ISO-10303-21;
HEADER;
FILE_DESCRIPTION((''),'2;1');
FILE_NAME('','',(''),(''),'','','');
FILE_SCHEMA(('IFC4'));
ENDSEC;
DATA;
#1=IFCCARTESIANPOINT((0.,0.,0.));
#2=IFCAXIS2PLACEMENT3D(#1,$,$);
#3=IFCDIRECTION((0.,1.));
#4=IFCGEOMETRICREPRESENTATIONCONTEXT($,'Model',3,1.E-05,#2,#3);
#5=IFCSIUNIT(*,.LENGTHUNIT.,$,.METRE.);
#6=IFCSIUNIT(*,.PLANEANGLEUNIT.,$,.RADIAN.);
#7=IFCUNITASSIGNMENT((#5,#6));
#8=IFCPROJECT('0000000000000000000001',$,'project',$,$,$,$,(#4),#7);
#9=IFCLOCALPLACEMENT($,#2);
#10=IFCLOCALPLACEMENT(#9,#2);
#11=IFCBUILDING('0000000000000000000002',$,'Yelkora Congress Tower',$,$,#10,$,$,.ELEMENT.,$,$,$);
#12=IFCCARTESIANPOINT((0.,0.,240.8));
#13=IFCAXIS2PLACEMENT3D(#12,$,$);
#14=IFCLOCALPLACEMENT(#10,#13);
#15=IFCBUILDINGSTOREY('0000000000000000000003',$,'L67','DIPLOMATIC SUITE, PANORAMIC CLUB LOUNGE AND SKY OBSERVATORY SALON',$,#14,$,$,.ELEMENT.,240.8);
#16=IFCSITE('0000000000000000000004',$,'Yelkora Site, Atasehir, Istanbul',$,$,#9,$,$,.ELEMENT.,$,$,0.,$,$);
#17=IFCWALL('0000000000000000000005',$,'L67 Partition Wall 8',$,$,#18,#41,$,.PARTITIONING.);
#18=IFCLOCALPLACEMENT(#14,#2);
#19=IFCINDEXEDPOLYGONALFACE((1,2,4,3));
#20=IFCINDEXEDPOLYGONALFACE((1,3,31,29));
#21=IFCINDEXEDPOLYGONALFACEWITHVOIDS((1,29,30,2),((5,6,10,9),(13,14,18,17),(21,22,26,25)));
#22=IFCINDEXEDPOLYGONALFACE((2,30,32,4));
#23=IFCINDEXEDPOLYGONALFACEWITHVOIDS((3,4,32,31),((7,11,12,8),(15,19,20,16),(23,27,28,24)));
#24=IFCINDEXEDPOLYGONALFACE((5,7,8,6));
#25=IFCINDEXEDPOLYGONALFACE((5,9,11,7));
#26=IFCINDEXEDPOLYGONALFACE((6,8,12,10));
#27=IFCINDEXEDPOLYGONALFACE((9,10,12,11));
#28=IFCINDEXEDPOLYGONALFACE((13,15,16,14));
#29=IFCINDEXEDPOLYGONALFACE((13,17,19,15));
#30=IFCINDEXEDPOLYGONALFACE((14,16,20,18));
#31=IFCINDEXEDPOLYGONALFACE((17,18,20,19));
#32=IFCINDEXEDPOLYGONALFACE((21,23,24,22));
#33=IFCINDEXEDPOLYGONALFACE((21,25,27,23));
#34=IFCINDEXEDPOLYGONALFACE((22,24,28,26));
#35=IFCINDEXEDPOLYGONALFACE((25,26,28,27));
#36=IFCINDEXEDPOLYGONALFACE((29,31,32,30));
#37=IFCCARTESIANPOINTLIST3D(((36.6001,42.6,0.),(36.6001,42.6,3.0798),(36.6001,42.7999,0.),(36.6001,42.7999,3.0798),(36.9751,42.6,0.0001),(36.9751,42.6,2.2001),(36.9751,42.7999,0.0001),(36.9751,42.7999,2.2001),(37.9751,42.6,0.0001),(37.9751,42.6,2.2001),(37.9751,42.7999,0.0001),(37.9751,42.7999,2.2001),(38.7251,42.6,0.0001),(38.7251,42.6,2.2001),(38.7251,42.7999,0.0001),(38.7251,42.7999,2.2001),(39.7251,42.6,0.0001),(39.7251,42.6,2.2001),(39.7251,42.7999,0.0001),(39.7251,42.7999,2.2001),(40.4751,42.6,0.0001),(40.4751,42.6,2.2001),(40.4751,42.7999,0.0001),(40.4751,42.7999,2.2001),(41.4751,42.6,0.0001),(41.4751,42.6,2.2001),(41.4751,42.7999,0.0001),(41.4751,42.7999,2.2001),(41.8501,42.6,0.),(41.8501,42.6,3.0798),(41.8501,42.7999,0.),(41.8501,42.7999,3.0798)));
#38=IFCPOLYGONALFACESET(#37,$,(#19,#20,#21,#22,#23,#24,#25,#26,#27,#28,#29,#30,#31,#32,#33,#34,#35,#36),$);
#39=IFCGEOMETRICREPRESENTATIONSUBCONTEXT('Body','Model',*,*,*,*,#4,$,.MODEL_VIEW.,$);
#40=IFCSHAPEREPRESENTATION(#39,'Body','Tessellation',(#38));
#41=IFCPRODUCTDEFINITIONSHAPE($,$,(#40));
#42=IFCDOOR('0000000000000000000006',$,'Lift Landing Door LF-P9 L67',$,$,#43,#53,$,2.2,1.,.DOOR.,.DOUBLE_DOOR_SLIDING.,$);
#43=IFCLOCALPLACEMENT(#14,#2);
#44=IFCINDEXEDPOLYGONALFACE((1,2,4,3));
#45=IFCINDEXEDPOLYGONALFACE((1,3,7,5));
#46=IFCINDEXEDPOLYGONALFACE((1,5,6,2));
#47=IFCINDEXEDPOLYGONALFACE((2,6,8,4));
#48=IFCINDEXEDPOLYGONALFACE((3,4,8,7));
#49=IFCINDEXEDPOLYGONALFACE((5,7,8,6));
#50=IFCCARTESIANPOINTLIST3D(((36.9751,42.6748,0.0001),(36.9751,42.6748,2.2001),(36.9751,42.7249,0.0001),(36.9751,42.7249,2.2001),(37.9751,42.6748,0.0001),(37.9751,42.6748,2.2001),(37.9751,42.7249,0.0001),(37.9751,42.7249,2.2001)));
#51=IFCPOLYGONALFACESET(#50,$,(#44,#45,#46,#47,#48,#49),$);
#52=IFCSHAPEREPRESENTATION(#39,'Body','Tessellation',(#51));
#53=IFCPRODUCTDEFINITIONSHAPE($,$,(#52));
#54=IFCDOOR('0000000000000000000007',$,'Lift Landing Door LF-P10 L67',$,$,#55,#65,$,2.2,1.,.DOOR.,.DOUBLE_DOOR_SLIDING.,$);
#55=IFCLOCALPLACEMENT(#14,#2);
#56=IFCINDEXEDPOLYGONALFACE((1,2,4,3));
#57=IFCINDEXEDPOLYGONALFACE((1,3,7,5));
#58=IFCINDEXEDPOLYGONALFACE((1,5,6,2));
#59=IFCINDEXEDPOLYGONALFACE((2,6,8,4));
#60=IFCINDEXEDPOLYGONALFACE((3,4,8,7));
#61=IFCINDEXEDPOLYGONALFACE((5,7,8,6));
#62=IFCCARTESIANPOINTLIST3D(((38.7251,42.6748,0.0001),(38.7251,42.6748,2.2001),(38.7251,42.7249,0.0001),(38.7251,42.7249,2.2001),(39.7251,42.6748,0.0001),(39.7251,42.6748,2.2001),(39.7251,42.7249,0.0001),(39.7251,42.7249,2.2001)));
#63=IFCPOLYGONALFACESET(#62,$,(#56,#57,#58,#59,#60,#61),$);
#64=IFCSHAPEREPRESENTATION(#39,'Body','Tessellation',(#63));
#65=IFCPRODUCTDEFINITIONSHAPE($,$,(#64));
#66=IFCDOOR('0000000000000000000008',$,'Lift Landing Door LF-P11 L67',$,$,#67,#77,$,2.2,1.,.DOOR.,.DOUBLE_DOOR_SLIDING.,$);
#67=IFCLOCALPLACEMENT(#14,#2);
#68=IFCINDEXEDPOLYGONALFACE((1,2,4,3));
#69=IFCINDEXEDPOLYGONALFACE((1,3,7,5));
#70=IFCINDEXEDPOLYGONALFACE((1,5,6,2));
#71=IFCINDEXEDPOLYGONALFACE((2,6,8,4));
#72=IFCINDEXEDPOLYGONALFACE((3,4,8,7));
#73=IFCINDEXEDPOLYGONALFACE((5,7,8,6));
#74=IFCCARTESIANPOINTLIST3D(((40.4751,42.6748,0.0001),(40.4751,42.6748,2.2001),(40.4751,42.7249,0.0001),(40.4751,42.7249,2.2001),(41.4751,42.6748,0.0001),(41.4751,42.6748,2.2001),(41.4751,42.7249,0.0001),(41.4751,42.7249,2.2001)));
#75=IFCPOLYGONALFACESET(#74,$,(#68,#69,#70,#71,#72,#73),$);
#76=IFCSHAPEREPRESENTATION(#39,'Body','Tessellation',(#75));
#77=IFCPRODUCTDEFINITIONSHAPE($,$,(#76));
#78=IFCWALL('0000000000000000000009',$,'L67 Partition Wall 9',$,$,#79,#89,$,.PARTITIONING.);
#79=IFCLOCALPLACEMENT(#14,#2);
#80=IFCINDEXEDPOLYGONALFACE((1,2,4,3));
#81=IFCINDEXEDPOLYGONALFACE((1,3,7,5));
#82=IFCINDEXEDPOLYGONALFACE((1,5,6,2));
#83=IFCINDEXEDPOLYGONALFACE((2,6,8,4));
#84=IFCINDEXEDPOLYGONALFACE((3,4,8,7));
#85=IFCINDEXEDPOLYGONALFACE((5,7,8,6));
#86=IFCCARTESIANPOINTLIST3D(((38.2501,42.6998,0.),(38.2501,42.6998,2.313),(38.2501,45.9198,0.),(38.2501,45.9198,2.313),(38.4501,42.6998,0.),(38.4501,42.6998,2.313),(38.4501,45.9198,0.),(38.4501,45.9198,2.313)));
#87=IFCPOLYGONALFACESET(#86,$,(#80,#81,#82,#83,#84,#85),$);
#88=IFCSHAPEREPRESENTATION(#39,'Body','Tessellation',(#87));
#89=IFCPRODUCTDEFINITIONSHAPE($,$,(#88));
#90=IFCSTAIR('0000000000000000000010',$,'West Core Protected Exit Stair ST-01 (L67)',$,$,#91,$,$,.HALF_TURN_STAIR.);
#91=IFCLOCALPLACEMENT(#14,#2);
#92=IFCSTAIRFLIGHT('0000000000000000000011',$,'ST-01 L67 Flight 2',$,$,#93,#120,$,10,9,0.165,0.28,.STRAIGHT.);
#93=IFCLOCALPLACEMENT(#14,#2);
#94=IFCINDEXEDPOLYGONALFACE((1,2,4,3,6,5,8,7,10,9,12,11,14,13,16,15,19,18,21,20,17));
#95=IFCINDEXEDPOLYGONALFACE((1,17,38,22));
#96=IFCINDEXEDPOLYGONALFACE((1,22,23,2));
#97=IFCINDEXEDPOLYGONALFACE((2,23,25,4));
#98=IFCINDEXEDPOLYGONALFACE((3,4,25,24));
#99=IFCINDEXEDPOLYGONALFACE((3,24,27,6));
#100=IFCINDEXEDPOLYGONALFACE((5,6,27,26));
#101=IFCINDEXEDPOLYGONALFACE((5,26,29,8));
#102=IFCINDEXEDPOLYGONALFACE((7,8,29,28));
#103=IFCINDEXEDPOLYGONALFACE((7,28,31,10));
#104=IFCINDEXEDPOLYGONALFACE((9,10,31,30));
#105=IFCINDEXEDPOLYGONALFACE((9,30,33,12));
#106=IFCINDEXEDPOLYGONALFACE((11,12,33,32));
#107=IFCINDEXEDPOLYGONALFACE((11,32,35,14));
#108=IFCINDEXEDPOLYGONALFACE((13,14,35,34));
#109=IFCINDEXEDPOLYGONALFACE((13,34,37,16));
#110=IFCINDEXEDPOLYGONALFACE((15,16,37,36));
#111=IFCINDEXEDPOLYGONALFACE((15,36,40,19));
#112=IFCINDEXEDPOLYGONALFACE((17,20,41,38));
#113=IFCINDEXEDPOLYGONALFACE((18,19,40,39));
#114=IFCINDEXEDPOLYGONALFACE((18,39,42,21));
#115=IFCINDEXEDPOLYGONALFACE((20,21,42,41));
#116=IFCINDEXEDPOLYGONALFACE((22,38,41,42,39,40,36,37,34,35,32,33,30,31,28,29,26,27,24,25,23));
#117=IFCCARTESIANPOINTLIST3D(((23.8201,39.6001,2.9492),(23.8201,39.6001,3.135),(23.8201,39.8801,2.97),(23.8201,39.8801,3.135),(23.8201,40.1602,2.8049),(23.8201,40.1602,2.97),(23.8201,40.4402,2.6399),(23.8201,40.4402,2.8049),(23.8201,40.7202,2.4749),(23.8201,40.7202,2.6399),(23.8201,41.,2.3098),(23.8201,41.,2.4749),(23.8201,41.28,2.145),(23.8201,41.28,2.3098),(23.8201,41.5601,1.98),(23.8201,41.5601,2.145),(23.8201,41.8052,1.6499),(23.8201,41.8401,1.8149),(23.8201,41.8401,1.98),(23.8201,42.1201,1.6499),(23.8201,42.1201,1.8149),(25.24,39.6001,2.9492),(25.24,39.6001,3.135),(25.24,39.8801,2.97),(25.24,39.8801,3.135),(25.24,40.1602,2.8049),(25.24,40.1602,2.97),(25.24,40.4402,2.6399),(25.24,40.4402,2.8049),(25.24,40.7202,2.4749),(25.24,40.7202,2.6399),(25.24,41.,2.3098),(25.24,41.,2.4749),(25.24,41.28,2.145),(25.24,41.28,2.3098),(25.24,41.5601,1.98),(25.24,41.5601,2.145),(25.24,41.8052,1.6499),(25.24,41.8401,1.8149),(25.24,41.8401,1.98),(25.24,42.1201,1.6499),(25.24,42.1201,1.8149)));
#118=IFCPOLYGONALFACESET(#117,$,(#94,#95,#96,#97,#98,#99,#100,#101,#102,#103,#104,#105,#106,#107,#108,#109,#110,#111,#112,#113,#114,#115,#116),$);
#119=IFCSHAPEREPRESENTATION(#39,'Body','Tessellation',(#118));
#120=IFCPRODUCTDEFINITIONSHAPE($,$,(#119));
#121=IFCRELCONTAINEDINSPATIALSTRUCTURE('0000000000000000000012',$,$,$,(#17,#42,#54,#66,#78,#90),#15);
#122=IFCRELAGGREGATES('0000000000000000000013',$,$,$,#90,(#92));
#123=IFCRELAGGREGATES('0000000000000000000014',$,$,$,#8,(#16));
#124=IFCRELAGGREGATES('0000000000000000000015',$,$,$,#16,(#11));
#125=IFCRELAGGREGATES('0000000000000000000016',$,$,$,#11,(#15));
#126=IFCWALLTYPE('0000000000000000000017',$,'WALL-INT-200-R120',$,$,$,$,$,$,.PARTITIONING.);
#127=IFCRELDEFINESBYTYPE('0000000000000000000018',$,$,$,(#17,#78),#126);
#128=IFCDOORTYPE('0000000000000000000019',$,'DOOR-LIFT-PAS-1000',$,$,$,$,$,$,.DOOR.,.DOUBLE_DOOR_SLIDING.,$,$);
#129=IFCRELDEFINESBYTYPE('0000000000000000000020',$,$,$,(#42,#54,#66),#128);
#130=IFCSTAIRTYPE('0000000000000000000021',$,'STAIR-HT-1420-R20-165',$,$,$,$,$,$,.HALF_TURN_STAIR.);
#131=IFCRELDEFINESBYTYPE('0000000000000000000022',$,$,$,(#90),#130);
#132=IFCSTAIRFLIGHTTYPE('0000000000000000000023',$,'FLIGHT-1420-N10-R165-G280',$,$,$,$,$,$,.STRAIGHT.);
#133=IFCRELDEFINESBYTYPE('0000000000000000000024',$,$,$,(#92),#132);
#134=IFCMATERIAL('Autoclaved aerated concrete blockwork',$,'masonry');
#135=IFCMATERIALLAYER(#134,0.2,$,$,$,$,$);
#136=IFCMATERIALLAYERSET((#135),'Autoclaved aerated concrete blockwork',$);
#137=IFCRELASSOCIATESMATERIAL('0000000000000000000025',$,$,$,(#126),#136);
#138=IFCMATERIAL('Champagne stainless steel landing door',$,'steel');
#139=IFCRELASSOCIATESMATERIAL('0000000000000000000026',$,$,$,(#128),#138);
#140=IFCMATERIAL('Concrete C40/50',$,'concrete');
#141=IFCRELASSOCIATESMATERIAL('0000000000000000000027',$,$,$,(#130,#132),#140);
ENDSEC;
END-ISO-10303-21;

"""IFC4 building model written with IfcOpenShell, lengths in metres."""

from ifc_helpers import new_model, si_unit, direction, frame, frame_2d, origin, place, context, subcontext, project, spatial, polyline, rectangle, outline, extrude, material, layer, layer_set, type_object, element, fill, aggregate, save


model = new_model("IFC4")

# Units and contexts
model_context = context("Model", 3, precision=1e-05, world=origin(), true_north=direction((0.0, 1.0)))
body_context = subcontext(model_context, "Body", "Model", "MODEL_VIEW")
ifc_project = project(units=[si_unit("LENGTHUNIT", "METRE"), si_unit("PLANEANGLEUNIT", "RADIAN")], contexts=[model_context])

# Site, building, storey
site_placement = place(None, origin())
site = spatial("IfcSite", under=ifc_project, at=site_placement, Name="Yelkora Site, Atasehir, Istanbul", CompositionType="ELEMENT", RefElevation=0.0)
building_placement = place(site_placement, origin())
building = spatial("IfcBuilding", under=site, at=building_placement, Name="Yelkora Congress Tower", CompositionType="ELEMENT")
storey_placement = place(building_placement, frame((0.0, 0.0, 240.8)))
storey = spatial("IfcBuildingStorey", under=building, at=storey_placement, Name="L67", Description="DIPLOMATIC SUITE, PANORAMIC CLUB LOUNGE AND SKY OBSERVATORY SALON", CompositionType="ELEMENT", Elevation=240.8)

# Shared definitions
ifc_material_1 = material(Name="Autoclaved aerated concrete blockwork", Category="masonry")
ifc_layer_1 = layer(ifc_material_1, 0.2)
ifc_layer_set_1 = layer_set([ifc_layer_1], Name="Autoclaved aerated concrete blockwork")
wall_type = type_object("IfcWallType", Name="WALL-INT-200-R120", PredefinedType="PARTITIONING", material=ifc_layer_set_1)

# Wall, openings, doors
wall_1_placement = place(storey_placement, frame((36.6001, 42.7, 0.0), z_axis=(0.0, 0.0, 1.0), x_axis=(1.0, 0.0, 0.0)))
wall_1 = element("IfcWall", 1, at=wall_1_placement, inside=storey, type_object=wall_type, Name="L67 Partition Wall 8", PredefinedType="PARTITIONING", context=body_context, shape_type="SweptSolid", body=[
    extrude(rectangle(XDim=5.25, YDim=0.2, at=frame_2d((2.625, 0.0))), origin(), (0.0, 0.0, 1.0), 3.0798),
])
opening_1_placement = place(wall_1_placement, frame((0.375, 0.0, 0.0)))
opening_1 = element("IfcOpeningElement", 2, at=opening_1_placement, cuts=wall_1, PredefinedType="OPENING", context=body_context, shape_type="SweptSolid", body=[
    extrude(rectangle(XDim=1.0, YDim=2.2, at=frame_2d((0.5, 1.1001))), frame((0.0, 0.1099, 0.0), z_axis=(0.0, -1.0, 0.0), x_axis=(1.0, 0.0, 0.0)), (0.0, 0.0, 1.0), 0.22),
])
opening_2_placement = place(wall_1_placement, frame((2.125, 0.0, 0.0)))
opening_2 = element("IfcOpeningElement", 3, at=opening_2_placement, cuts=wall_1, PredefinedType="OPENING", context=body_context, shape_type="SweptSolid", body=[
    extrude(rectangle(XDim=1.0, YDim=2.2, at=frame_2d((0.5, 1.1001))), frame((0.0, 0.1099, 0.0), z_axis=(0.0, -1.0, 0.0), x_axis=(1.0, 0.0, 0.0)), (0.0, 0.0, 1.0), 0.22),
])
opening_3_placement = place(wall_1_placement, frame((3.875, 0.0, 0.0)))
opening_3 = element("IfcOpeningElement", 4, at=opening_3_placement, cuts=wall_1, PredefinedType="OPENING", context=body_context, shape_type="SweptSolid", body=[
    extrude(rectangle(XDim=1.0, YDim=2.2, at=frame_2d((0.5, 1.1001))), frame((0.0, 0.1099, 0.0), z_axis=(0.0, -1.0, 0.0), x_axis=(1.0, 0.0, 0.0)), (0.0, 0.0, 1.0), 0.22),
])
ifc_material_2 = material(Name="Champagne stainless steel landing door", Category="steel")
door_type_1 = type_object("IfcDoorType", Name="DOOR-LIFT-PAS-1000", OperationType="DOUBLE_DOOR_SLIDING", PredefinedType="DOOR", material=ifc_material_2)
door_1_placement = place(opening_1_placement, origin())
door_1 = element("IfcDoor", 5, at=door_1_placement, inside=storey, type_object=door_type_1, Name="Lift Landing Door LF-P9 L67", OperationType="DOUBLE_DOOR_SLIDING", OverallHeight=2.2, OverallWidth=1.0, PredefinedType="DOOR", context=body_context, shape_type="SweptSolid", body=[
    extrude(rectangle(XDim=1.0, YDim=2.2, at=frame_2d((0.5, 1.1001))), frame((0.0, 0.0249, 0.0), z_axis=(0.0, -1.0, 0.0), x_axis=(1.0, 0.0, 0.0)), (0.0, 0.0, 1.0), 0.05),
])
fill(opening_1, door_1)
door_2_placement = place(opening_2_placement, origin())
door_2 = element("IfcDoor", 6, at=door_2_placement, inside=storey, type_object=door_type_1, Name="Lift Landing Door LF-P10 L67", OperationType="DOUBLE_DOOR_SLIDING", OverallHeight=2.2, OverallWidth=1.0, PredefinedType="DOOR", context=body_context, shape_type="SweptSolid", body=[
    extrude(rectangle(XDim=1.0, YDim=2.2, at=frame_2d((0.5, 1.1001))), frame((0.0, 0.0249, 0.0), z_axis=(0.0, -1.0, 0.0), x_axis=(1.0, 0.0, 0.0)), (0.0, 0.0, 1.0), 0.05),
])
fill(opening_2, door_2)
door_3_placement = place(opening_3_placement, origin())
door_3 = element("IfcDoor", 7, at=door_3_placement, inside=storey, type_object=door_type_1, Name="Lift Landing Door LF-P11 L67", OperationType="DOUBLE_DOOR_SLIDING", OverallHeight=2.2, OverallWidth=1.0, PredefinedType="DOOR", context=body_context, shape_type="SweptSolid", body=[
    extrude(rectangle(XDim=1.0, YDim=2.2, at=frame_2d((0.5, 1.1001))), frame((0.0, 0.0249, 0.0), z_axis=(0.0, -1.0, 0.0), x_axis=(1.0, 0.0, 0.0)), (0.0, 0.0, 1.0), 0.05),
])
fill(opening_3, door_3)

# Wall
wall_2_placement = place(storey_placement, frame((38.3501, 42.7, 0.0), z_axis=(0.0, 0.0, 1.0), x_axis=(0.0, 1.0, 0.0)))
element("IfcWall", 8, at=wall_2_placement, inside=storey, type_object=wall_type, Name="L67 Partition Wall 9", PredefinedType="PARTITIONING", context=body_context, shape_type="SweptSolid", body=[
    extrude(rectangle(XDim=3.22, YDim=0.2, at=frame_2d((1.6099, 0.0))), origin(), (0.0, 0.0, 1.0), 2.313),
])

# Stair, stair flight
ifc_material_3 = material(Name="Concrete C40/50", Category="concrete")
stair_type = type_object("IfcStairType", Name="STAIR-HT-1420-R20-165", PredefinedType="HALF_TURN_STAIR", material=ifc_material_3)
stair_placement = place(storey_placement, origin())
stair = element("IfcStair", 9, at=stair_placement, inside=storey, type_object=stair_type, Name="West Core Protected Exit Stair ST-01 (L67)", PredefinedType="HALF_TURN_STAIR")
stair_flight_type = type_object("IfcStairFlightType", Name="FLIGHT-1420-N10-R165-G280", PredefinedType="STRAIGHT", material=ifc_material_3)
stair_flight_placement = place(storey_placement, frame((24.53, 42.1201, 1.6499), z_axis=(0.0, 0.0, 1.0), x_axis=(0.0, -1.0, 0.0)))
stair_flight = element("IfcStairFlight", 10, at=stair_flight_placement, type_object=stair_flight_type, Name="ST-01 L67 Flight 2", NumberOfRisers=10, NumberOfTreads=9, PredefinedType="STRAIGHT", RiserHeight=0.165, TreadLength=0.28, context=body_context, shape_type="SweptSolid", body=[
    extrude(outline(polyline([(0.0, 0.0), (0.0, 0.165), (0.28, 0.165), (0.28, 0.3301), (0.5601, 0.3301), (0.5601, 0.4951), (0.8401, 0.4951), (0.8401, 0.6599), (1.1201, 0.6599), (1.1201, 0.825), (1.3999, 0.825), (1.3999, 0.99), (1.6799, 0.99), (1.6799, 1.155), (1.96, 1.155), (1.96, 1.3201), (2.24, 1.3201), (2.24, 1.4851), (2.52, 1.4851), (2.52, 1.6499), (2.52, 1.2993), (0.3149, 0.0), (0.0, 0.0)])), frame((0.0, 0.71, 0.0), z_axis=(0.0, -1.0, 0.0), x_axis=(1.0, 0.0, 0.0)), (0.0, 0.0, 1.0), 1.4199),
])
aggregate(stair, [stair_flight])

save(model, "model.ifc")
